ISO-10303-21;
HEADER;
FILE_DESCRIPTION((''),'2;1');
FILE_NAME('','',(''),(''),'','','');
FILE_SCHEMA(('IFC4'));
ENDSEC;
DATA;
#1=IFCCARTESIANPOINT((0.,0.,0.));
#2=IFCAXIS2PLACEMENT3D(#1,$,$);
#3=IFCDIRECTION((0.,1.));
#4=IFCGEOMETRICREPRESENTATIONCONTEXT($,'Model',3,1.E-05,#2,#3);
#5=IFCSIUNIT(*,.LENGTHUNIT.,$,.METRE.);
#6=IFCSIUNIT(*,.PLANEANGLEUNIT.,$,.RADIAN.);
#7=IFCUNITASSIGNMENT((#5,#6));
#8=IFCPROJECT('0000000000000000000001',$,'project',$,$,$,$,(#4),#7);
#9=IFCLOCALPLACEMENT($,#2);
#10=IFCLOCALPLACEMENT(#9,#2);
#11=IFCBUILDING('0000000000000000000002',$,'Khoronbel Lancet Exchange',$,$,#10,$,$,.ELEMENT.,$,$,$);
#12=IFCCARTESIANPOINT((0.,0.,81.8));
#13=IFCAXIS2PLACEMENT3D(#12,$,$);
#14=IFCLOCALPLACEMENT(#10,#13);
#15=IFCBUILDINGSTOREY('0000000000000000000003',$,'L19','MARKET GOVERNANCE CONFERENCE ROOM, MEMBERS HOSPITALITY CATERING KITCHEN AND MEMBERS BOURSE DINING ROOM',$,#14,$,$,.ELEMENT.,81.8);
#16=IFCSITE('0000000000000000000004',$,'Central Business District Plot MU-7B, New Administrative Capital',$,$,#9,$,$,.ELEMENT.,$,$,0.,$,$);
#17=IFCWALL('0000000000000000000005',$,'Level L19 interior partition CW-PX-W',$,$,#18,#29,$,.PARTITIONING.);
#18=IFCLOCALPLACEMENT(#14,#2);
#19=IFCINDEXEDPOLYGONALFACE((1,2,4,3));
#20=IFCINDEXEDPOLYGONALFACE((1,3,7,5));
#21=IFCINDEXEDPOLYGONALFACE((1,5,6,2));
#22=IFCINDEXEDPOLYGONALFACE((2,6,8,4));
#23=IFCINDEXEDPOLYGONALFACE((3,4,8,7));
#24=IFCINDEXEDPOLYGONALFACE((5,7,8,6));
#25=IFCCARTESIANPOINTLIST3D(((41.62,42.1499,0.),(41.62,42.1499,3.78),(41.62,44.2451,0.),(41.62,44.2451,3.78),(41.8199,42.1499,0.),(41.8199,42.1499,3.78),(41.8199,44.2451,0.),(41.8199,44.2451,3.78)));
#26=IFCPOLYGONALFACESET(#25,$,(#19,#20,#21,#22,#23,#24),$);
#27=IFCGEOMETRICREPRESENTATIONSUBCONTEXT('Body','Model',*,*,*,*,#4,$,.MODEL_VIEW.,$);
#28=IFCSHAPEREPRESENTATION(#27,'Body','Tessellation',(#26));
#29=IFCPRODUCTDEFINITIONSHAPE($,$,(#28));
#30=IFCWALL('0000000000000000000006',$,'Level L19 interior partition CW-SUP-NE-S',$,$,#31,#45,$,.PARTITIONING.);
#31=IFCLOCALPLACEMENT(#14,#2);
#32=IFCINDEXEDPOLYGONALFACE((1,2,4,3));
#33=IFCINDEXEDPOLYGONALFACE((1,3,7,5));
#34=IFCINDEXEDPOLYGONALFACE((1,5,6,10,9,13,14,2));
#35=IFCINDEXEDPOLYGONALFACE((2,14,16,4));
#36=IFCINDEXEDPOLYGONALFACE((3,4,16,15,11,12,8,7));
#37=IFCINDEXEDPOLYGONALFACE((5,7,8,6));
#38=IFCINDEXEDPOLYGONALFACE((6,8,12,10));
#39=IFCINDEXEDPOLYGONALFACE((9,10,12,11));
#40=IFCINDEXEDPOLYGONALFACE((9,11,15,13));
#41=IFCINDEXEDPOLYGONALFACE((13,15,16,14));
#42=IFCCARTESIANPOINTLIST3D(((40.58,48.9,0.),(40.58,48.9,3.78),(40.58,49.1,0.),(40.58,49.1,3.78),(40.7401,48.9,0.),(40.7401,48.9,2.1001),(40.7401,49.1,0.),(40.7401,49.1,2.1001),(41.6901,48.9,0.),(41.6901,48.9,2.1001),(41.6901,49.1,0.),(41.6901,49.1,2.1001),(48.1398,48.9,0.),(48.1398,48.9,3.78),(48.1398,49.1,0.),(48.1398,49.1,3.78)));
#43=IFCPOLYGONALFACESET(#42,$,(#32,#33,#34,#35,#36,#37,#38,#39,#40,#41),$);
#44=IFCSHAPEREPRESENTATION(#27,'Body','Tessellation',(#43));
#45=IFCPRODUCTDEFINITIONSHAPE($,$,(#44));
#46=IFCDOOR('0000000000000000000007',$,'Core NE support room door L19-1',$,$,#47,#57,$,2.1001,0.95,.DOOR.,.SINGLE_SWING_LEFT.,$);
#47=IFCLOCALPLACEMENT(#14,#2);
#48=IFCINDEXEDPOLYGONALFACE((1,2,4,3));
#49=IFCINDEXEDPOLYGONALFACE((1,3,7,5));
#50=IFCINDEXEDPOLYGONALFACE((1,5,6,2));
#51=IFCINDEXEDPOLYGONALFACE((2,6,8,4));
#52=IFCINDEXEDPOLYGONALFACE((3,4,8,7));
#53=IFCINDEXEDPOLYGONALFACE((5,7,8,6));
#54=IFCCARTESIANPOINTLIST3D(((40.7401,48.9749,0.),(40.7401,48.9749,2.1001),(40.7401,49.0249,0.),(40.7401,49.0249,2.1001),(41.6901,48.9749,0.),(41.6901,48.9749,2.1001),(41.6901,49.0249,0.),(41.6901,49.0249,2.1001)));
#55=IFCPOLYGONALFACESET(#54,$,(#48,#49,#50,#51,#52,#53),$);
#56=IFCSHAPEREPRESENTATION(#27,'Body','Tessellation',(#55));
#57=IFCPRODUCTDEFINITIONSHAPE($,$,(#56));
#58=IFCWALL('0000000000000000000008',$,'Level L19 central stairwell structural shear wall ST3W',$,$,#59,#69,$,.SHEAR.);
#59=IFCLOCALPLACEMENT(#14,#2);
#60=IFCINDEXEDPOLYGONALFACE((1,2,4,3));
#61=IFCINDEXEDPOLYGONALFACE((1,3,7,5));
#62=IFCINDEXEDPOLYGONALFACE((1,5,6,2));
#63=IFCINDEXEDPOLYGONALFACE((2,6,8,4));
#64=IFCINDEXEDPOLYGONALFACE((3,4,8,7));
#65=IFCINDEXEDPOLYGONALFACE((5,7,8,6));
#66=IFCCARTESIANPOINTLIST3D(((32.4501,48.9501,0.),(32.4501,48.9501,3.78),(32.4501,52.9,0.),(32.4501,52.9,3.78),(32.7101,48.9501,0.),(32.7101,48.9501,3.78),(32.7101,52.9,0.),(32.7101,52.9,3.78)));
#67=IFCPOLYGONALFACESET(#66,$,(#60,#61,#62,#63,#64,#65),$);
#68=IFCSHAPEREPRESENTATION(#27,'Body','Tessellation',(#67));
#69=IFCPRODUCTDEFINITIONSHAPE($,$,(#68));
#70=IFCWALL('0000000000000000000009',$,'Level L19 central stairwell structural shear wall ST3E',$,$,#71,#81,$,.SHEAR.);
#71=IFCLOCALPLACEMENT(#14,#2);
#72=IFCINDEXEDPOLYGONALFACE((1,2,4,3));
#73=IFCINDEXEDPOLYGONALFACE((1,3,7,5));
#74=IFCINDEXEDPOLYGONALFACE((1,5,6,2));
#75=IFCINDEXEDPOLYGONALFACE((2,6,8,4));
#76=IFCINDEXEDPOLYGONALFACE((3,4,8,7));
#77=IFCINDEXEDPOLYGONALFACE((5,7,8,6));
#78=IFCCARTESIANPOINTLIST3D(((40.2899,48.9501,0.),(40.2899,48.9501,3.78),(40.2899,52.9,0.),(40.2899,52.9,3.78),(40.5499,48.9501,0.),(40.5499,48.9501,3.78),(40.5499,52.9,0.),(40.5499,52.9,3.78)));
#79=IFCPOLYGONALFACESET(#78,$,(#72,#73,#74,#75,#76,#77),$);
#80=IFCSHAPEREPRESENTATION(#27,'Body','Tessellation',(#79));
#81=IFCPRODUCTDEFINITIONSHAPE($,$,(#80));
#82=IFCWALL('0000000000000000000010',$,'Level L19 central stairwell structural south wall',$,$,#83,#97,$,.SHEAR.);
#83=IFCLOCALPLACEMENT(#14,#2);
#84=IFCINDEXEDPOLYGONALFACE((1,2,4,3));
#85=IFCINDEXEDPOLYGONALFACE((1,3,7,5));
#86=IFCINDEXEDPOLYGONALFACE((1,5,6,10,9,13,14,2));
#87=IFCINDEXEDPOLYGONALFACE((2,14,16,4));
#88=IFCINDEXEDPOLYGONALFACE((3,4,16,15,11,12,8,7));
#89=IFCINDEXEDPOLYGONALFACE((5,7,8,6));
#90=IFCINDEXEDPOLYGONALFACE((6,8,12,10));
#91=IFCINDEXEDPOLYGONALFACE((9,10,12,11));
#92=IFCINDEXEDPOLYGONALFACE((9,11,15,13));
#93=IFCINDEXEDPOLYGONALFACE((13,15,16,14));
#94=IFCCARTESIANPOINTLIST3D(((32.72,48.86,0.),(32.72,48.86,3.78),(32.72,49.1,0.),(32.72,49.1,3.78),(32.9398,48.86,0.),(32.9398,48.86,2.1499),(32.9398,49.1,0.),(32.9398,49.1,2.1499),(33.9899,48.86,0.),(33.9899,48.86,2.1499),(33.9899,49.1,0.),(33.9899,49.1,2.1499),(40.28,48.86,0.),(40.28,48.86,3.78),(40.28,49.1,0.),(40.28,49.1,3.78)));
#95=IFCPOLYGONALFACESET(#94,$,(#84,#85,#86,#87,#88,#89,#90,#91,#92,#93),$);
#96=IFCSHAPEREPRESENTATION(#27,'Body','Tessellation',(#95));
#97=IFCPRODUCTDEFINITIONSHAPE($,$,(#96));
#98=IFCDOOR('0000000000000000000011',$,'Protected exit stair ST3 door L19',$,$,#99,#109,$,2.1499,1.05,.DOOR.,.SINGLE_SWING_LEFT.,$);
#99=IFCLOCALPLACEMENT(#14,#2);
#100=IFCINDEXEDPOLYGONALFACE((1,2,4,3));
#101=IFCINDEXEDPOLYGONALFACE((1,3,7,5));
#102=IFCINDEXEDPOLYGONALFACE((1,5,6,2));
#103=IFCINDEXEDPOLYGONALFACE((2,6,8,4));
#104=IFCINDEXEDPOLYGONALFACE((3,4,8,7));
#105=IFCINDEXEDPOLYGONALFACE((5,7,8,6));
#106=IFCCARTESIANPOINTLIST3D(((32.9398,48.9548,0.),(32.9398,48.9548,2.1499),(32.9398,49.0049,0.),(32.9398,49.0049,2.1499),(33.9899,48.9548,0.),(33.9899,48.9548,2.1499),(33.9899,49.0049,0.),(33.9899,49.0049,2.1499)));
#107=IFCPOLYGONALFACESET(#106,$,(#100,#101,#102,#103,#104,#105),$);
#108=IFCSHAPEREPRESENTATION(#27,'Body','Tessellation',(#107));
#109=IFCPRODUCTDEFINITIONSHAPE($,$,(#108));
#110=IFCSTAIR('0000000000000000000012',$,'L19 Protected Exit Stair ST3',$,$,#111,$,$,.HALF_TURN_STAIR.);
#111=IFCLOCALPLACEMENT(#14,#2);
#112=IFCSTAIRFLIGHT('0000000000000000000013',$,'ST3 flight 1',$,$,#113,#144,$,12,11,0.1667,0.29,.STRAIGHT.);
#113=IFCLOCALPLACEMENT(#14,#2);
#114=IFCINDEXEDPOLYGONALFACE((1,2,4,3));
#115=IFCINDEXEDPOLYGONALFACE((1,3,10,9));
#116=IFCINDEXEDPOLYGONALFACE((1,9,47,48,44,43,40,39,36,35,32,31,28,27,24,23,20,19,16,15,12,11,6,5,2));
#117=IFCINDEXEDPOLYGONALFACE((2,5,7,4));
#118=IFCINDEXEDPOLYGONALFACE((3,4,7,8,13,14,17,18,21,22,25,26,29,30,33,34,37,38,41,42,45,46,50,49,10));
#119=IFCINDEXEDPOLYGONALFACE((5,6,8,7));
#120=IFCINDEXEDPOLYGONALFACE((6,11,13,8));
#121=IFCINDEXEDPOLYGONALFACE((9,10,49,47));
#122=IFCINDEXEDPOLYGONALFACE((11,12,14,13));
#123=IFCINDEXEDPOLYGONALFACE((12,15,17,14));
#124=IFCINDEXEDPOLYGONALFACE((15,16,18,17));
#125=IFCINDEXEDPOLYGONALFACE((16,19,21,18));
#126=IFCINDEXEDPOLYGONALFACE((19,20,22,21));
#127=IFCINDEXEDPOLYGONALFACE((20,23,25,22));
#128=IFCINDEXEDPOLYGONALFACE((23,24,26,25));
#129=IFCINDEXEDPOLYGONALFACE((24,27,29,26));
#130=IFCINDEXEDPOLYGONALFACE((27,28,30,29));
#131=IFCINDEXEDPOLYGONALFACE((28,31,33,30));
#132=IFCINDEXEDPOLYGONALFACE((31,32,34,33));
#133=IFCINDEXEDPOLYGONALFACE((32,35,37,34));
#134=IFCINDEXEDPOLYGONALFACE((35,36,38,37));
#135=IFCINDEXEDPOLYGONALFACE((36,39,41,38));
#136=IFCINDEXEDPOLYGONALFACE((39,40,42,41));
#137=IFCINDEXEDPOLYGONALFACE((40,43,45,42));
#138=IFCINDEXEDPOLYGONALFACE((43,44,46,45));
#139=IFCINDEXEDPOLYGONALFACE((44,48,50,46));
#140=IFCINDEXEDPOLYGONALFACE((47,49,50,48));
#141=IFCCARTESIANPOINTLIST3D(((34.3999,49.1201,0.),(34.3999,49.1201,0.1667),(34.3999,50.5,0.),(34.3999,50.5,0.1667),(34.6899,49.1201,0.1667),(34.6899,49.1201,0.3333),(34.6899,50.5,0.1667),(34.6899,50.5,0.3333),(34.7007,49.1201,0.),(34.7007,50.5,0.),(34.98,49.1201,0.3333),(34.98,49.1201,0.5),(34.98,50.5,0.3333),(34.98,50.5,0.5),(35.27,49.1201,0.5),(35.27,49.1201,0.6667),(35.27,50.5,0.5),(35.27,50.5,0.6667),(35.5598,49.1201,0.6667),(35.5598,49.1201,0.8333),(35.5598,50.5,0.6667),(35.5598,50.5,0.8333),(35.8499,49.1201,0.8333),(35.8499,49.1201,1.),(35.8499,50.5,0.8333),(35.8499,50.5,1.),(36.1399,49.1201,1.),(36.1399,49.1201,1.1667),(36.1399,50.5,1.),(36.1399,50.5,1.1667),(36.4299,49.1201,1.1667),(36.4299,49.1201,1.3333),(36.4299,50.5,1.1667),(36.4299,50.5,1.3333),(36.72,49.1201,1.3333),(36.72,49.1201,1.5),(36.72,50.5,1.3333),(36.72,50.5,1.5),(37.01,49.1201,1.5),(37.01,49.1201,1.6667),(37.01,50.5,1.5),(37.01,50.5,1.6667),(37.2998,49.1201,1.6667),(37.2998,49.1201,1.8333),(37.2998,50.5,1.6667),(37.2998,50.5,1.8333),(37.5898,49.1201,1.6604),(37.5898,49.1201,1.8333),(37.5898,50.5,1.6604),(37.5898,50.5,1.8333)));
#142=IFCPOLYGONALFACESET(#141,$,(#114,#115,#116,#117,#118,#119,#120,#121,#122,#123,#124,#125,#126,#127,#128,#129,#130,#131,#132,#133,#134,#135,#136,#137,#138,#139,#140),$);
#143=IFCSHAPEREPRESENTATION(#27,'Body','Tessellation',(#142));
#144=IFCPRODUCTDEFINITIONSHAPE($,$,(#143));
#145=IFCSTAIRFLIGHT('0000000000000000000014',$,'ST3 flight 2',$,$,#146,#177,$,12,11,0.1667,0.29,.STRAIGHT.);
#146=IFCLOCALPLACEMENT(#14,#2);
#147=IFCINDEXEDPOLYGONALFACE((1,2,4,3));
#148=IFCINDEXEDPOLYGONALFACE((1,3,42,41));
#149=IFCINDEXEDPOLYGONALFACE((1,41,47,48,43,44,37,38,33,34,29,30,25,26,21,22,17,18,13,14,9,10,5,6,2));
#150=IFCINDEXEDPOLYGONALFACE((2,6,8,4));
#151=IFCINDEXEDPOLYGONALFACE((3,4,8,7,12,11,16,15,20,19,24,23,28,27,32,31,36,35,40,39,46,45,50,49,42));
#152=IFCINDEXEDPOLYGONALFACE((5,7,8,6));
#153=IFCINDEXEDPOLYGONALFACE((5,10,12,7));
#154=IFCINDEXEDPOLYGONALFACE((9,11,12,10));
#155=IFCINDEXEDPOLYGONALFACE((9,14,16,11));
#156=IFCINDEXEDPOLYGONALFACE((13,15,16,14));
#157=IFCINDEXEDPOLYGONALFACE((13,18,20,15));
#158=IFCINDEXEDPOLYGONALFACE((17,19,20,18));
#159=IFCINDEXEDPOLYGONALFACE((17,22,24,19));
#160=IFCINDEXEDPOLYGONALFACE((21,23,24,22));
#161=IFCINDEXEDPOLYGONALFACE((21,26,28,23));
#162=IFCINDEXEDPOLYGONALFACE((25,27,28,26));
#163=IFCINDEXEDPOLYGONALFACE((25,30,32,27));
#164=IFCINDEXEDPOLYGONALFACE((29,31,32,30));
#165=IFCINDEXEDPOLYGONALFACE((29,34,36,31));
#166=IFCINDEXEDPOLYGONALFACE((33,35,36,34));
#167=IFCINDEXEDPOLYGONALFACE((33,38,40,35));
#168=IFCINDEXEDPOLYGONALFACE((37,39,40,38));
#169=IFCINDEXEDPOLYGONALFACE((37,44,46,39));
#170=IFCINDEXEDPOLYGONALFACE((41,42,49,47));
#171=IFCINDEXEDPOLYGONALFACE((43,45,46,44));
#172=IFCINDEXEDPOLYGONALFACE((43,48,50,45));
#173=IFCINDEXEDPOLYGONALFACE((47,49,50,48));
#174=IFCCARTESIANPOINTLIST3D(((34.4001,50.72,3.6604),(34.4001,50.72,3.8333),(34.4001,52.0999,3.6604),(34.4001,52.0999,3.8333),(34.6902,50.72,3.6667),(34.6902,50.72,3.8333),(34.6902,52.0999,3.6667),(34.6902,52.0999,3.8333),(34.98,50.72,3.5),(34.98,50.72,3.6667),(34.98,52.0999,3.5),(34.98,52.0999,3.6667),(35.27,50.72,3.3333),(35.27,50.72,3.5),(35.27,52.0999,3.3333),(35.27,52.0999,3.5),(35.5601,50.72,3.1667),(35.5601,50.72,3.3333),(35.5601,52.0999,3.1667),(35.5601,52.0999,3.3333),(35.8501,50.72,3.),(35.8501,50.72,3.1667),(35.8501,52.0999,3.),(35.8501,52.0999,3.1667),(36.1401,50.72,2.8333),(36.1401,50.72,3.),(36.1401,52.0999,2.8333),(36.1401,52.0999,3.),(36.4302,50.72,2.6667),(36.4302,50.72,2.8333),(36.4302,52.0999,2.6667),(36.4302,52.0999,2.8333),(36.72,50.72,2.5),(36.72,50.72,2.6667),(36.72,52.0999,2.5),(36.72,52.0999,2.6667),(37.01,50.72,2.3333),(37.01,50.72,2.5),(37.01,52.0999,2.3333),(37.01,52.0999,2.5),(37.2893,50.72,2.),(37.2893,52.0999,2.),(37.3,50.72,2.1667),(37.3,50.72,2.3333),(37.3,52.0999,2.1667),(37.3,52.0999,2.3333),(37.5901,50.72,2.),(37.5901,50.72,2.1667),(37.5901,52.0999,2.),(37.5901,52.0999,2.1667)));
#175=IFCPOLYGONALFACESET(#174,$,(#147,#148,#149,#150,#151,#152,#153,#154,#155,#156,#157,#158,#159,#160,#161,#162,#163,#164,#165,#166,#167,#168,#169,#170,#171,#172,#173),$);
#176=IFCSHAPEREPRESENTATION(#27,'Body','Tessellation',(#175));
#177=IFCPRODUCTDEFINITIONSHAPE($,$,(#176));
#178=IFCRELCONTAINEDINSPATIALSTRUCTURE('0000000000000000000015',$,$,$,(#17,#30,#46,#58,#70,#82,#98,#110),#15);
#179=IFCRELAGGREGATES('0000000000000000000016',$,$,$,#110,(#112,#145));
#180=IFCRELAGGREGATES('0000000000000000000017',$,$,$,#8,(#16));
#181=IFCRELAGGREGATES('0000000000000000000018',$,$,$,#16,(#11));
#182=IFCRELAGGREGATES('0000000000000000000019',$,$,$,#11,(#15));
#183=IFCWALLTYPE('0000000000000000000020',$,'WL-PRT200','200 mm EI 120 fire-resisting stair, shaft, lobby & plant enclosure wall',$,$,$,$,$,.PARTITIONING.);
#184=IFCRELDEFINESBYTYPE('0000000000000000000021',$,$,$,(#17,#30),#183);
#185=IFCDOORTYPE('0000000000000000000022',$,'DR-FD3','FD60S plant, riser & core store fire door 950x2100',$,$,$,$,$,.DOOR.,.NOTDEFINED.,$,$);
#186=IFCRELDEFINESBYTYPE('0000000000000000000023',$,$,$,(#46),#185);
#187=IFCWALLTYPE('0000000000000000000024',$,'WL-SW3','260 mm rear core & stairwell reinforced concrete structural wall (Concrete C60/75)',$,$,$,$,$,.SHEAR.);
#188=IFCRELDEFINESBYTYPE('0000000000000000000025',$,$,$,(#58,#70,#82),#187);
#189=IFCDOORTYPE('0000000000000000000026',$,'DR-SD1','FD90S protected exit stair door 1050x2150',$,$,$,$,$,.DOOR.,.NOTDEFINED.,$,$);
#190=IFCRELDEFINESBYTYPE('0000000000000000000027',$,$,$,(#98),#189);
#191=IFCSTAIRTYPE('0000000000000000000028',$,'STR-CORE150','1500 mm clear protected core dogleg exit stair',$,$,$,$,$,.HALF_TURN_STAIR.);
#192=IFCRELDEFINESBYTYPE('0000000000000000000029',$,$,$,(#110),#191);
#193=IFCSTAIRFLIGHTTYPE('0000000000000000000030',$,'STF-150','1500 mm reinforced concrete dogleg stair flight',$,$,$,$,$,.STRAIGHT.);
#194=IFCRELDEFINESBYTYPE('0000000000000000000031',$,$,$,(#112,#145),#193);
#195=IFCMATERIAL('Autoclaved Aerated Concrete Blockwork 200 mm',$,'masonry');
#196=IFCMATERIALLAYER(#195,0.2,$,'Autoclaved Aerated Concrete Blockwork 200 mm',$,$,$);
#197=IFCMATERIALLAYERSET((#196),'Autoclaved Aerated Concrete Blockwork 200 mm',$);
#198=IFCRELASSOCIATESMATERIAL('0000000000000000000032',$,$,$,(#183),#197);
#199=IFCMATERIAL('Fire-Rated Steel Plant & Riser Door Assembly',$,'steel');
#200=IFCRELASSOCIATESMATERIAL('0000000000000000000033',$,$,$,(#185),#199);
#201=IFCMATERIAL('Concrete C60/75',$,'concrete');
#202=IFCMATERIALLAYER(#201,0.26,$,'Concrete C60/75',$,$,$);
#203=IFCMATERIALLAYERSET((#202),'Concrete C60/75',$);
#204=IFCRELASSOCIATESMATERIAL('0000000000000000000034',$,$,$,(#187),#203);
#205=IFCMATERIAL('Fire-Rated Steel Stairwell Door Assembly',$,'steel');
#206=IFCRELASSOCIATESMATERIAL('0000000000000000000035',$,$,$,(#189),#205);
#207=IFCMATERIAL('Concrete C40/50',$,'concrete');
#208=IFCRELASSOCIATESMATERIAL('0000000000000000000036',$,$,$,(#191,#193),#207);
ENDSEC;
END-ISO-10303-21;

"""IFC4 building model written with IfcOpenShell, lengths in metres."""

from ifc_helpers import new_model, si_unit, direction, frame, frame_2d, origin, place, context, subcontext, project, spatial, polyline, rectangle, outline, extrude, material, layer, layer_set, type_object, element, fill, aggregate, save


model = new_model("IFC4")

# Units and contexts
model_context = context("Model", 3, precision=1e-05, world=origin(), true_north=direction((0.0, 1.0)))
body_context = subcontext(model_context, "Body", "Model", "MODEL_VIEW")
ifc_project = project(units=[si_unit("LENGTHUNIT", "METRE"), si_unit("PLANEANGLEUNIT", "RADIAN")], contexts=[model_context])

# Site, building, storey
site_placement = place(None, origin())
site = spatial("IfcSite", under=ifc_project, at=site_placement, Name="Central Business District Plot MU-7B, New Administrative Capital", CompositionType="ELEMENT", RefElevation=0.0)
building_placement = place(site_placement, origin())
building = spatial("IfcBuilding", under=site, at=building_placement, Name="Khoronbel Lancet Exchange", CompositionType="ELEMENT")
storey_placement = place(building_placement, frame((0.0, 0.0, 81.8)))
storey = spatial("IfcBuildingStorey", under=building, at=storey_placement, Name="L19", Description="MARKET GOVERNANCE CONFERENCE ROOM, MEMBERS HOSPITALITY CATERING KITCHEN AND MEMBERS BOURSE DINING ROOM", CompositionType="ELEMENT", Elevation=81.8)

# Wall
ifc_material_1 = material(Name="Autoclaved Aerated Concrete Blockwork 200 mm", Category="masonry")
ifc_layer_1 = layer(ifc_material_1, 0.2, Name="Autoclaved Aerated Concrete Blockwork 200 mm")
ifc_layer_set_1 = layer_set([ifc_layer_1], Name="Autoclaved Aerated Concrete Blockwork 200 mm")
wall_type_1 = type_object("IfcWallType", Name="WL-PRT200", Description="200 mm EI 120 fire-resisting stair, shaft, lobby & plant enclosure wall", PredefinedType="PARTITIONING", material=ifc_layer_set_1)
wall_1_placement = place(storey_placement, frame((41.72, 42.1499, 0.0), z_axis=(0.0, 0.0, 1.0), x_axis=(0.0, 1.0, 0.0)))
element("IfcWall", 1, at=wall_1_placement, inside=storey, type_object=wall_type_1, Name="Level L19 interior partition CW-PX-W", PredefinedType="PARTITIONING", context=body_context, shape_type="SweptSolid", body=[
    extrude(rectangle(XDim=2.0952, YDim=0.2, at=frame_2d((1.0476, 0.0))), origin(), (0.0, 0.0, 1.0), 3.78),
])

# Wall, opening, door
wall_2_placement = place(storey_placement, frame((40.5801, 49.0, 0.0), z_axis=(0.0, 0.0, 1.0), x_axis=(1.0, 0.0, 0.0)))
wall_2 = element("IfcWall", 2, at=wall_2_placement, inside=storey, type_object=wall_type_1, Name="Level L19 interior partition CW-SUP-NE-S", PredefinedType="PARTITIONING", context=body_context, shape_type="SweptSolid", body=[
    extrude(rectangle(XDim=7.5598, YDim=0.2, at=frame_2d((3.7798, 0.0))), origin(), (0.0, 0.0, 1.0), 3.78),
])
opening_1_placement = place(wall_2_placement, frame((0.1599, 0.0, 0.0)))
opening_1 = element("IfcOpeningElement", 3, at=opening_1_placement, cuts=wall_2, PredefinedType="OPENING", context=body_context, shape_type="SweptSolid", body=[
    extrude(rectangle(XDim=0.95, YDim=2.1001, at=frame_2d((0.4751, 1.05))), frame((0.0, 0.1099, 0.0), z_axis=(0.0, -1.0, 0.0), x_axis=(1.0, 0.0, 0.0)), (0.0, 0.0, 1.0), 0.22),
])
ifc_material_2 = material(Name="Fire-Rated Steel Plant & Riser Door Assembly", Category="steel")
door_type_1 = type_object("IfcDoorType", Name="DR-FD3", Description="FD60S plant, riser & core store fire door 950x2100", OperationType="NOTDEFINED", PredefinedType="DOOR", material=ifc_material_2)
door_1_placement = place(opening_1_placement, origin())
door_1 = element("IfcDoor", 4, at=door_1_placement, inside=storey, type_object=door_type_1, Name="Core NE support room door L19-1", OperationType="SINGLE_SWING_LEFT", OverallHeight=2.1001, OverallWidth=0.95, PredefinedType="DOOR", context=body_context, shape_type="SweptSolid", body=[
    extrude(rectangle(XDim=0.95, YDim=2.1001, at=frame_2d((0.4751, 1.05))), frame((0.0, 0.0249, 0.0), z_axis=(0.0, -1.0, 0.0), x_axis=(1.0, 0.0, 0.0)), (0.0, 0.0, 1.0), 0.05),
])
fill(opening_1, door_1)

# Walls
ifc_material_3 = material(Name="Concrete C60/75", Category="concrete")
ifc_layer_2 = layer(ifc_material_3, 0.26, Name="Concrete C60/75")
ifc_layer_set_2 = layer_set([ifc_layer_2], Name="Concrete C60/75")
wall_type_2 = type_object("IfcWallType", Name="WL-SW3", Description="260 mm rear core & stairwell reinforced concrete structural wall (Concrete C60/75)", PredefinedType="SHEAR", material=ifc_layer_set_2)
for number, where, z_axis, x_axis, name in (
    (5, (32.5801, 48.95, 0.0), (0.0, 0.0, 1.0), (0.0, 1.0, 0.0), "Level L19 central stairwell structural shear wall ST3W"),
    (6, (40.4199, 48.95, 0.0), (0.0, 0.0, 1.0), (0.0, 1.0, 0.0), "Level L19 central stairwell structural shear wall ST3E"),
):
    element("IfcWall", number, at=place(storey_placement, frame(where, z_axis=z_axis, x_axis=x_axis)), inside=storey, type_object=wall_type_2, Name=name, PredefinedType="SHEAR", context=body_context, shape_type="SweptSolid", body=[
        extrude(rectangle(XDim=3.95, YDim=0.26, at=frame_2d((1.9751, 0.0))), origin(), (0.0, 0.0, 1.0), 3.78),
    ])

# Wall, opening, door
wall_3_placement = place(storey_placement, frame((32.72, 48.98, 0.0), z_axis=(0.0, 0.0, 1.0), x_axis=(1.0, 0.0, 0.0)))
wall_3 = element("IfcWall", 7, at=wall_3_placement, inside=storey, type_object=wall_type_2, Name="Level L19 central stairwell structural south wall", PredefinedType="SHEAR", context=body_context, shape_type="SweptSolid", body=[
    extrude(rectangle(XDim=7.5601, YDim=0.24, at=frame_2d((3.78, 0.0))), origin(), (0.0, 0.0, 1.0), 3.78),
])
opening_2_placement = place(wall_3_placement, frame((0.22, 0.0, 0.0)))
opening_2 = element("IfcOpeningElement", 8, at=opening_2_placement, cuts=wall_3, PredefinedType="OPENING", context=body_context, shape_type="SweptSolid", body=[
    extrude(rectangle(XDim=1.05, YDim=2.1499, at=frame_2d((0.5249, 1.075))), frame((0.0, 0.1299, 0.0), z_axis=(0.0, -1.0, 0.0), x_axis=(1.0, 0.0, 0.0)), (0.0, 0.0, 1.0), 0.26),
])
ifc_material_4 = material(Name="Fire-Rated Steel Stairwell Door Assembly", Category="steel")
door_type_2 = type_object("IfcDoorType", Name="DR-SD1", Description="FD90S protected exit stair door 1050x2150", OperationType="NOTDEFINED", PredefinedType="DOOR", material=ifc_material_4)
door_2_placement = place(opening_2_placement, origin())
door_2 = element("IfcDoor", 9, at=door_2_placement, inside=storey, type_object=door_type_2, Name="Protected exit stair ST3 door L19", OperationType="SINGLE_SWING_LEFT", OverallHeight=2.1499, OverallWidth=1.05, PredefinedType="DOOR", context=body_context, shape_type="SweptSolid", body=[
    extrude(rectangle(XDim=1.05, YDim=2.1499, at=frame_2d((0.5249, 1.075))), frame((0.0, 0.0249, 0.0), z_axis=(0.0, -1.0, 0.0), x_axis=(1.0, 0.0, 0.0)), (0.0, 0.0, 1.0), 0.05),
])
fill(opening_2, door_2)

# Stair, stair flights
ifc_material_5 = material(Name="Concrete C40/50", Category="concrete")
stair_type = type_object("IfcStairType", Name="STR-CORE150", Description="1500 mm clear protected core dogleg exit stair", PredefinedType="HALF_TURN_STAIR", material=ifc_material_5)
stair_placement = place(storey_placement, origin())
stair = element("IfcStair", 10, at=stair_placement, inside=storey, type_object=stair_type, Name="L19 Protected Exit Stair ST3", PredefinedType="HALF_TURN_STAIR")
stair_flight_type = type_object("IfcStairFlightType", Name="STF-150", Description="1500 mm reinforced concrete dogleg stair flight", PredefinedType="STRAIGHT", material=ifc_material_5)
stair_flight_1_placement = place(storey_placement, frame((34.3999, 49.8101, 0.0), z_axis=(0.0, 0.0, 1.0), x_axis=(1.0, 0.0, 0.0)))
stair_flight_1 = element("IfcStairFlight", 11, at=stair_flight_1_placement, type_object=stair_flight_type, Name="ST3 flight 1", NumberOfRisers=12, NumberOfTreads=11, PredefinedType="STRAIGHT", RiserHeight=0.1667, TreadLength=0.29, context=body_context, shape_type="SweptSolid", body=[
    extrude(outline(polyline([(0.0, 0.0), (0.0, 0.1667), (0.29, 0.1667), (0.29, 0.3333), (0.5801, 0.3333), (0.5801, 0.5), (0.8701, 0.5), (0.8701, 0.6667), (1.1599, 0.6667), (1.1599, 0.8333), (1.45, 0.8333), (1.45, 1.0), (1.74, 1.0), (1.74, 1.1667), (2.03, 1.1667), (2.03, 1.3333), (2.3201, 1.3333), (2.3201, 1.5), (2.6101, 1.5), (2.6101, 1.6667), (2.8999, 1.6667), (2.8999, 1.8333), (3.1899, 1.8333), (3.1899, 2.0), (3.1899, 1.6604), (0.3008, 0.0), (0.0, 0.0)])), frame((0.0, 0.6899, 0.0), z_axis=(0.0, -1.0, 0.0), x_axis=(1.0, 0.0, 0.0)), (0.0, 0.0, 1.0), 1.3799),
])
stair_flight_2_placement = place(storey_placement, frame((37.5901, 51.4099, 2.0), z_axis=(0.0, 0.0, 1.0), x_axis=(-1.0, 0.0, 0.0)))
stair_flight_2 = element("IfcStairFlight", 12, at=stair_flight_2_placement, type_object=stair_flight_type, Name="ST3 flight 2", NumberOfRisers=12, NumberOfTreads=11, PredefinedType="STRAIGHT", RiserHeight=0.1667, TreadLength=0.29, context=body_context, shape_type="SweptSolid", body=[
    extrude(outline(polyline([(0.0, 0.0), (0.0, 0.1667), (0.29, 0.1667), (0.29, 0.3333), (0.5801, 0.3333), (0.5801, 0.5), (0.8701, 0.5), (0.8701, 0.6667), (1.1599, 0.6667), (1.1599, 0.8333), (1.45, 0.8333), (1.45, 1.0), (1.74, 1.0), (1.74, 1.1667), (2.03, 1.1667), (2.03, 1.3333), (2.3201, 1.3333), (2.3201, 1.5), (2.6101, 1.5), (2.6101, 1.6667), (2.8999, 1.6667), (2.8999, 1.8333), (3.1899, 1.8333), (3.1899, 2.0), (3.1899, 1.6604), (0.3008, 0.0), (0.0, 0.0)])), frame((0.0, 0.6899, 0.0), z_axis=(0.0, -1.0, 0.0), x_axis=(1.0, 0.0, 0.0)), (0.0, 0.0, 1.0), 1.3799),
])
aggregate(stair, [stair_flight_1, stair_flight_2])

save(model, "model.ifc")
